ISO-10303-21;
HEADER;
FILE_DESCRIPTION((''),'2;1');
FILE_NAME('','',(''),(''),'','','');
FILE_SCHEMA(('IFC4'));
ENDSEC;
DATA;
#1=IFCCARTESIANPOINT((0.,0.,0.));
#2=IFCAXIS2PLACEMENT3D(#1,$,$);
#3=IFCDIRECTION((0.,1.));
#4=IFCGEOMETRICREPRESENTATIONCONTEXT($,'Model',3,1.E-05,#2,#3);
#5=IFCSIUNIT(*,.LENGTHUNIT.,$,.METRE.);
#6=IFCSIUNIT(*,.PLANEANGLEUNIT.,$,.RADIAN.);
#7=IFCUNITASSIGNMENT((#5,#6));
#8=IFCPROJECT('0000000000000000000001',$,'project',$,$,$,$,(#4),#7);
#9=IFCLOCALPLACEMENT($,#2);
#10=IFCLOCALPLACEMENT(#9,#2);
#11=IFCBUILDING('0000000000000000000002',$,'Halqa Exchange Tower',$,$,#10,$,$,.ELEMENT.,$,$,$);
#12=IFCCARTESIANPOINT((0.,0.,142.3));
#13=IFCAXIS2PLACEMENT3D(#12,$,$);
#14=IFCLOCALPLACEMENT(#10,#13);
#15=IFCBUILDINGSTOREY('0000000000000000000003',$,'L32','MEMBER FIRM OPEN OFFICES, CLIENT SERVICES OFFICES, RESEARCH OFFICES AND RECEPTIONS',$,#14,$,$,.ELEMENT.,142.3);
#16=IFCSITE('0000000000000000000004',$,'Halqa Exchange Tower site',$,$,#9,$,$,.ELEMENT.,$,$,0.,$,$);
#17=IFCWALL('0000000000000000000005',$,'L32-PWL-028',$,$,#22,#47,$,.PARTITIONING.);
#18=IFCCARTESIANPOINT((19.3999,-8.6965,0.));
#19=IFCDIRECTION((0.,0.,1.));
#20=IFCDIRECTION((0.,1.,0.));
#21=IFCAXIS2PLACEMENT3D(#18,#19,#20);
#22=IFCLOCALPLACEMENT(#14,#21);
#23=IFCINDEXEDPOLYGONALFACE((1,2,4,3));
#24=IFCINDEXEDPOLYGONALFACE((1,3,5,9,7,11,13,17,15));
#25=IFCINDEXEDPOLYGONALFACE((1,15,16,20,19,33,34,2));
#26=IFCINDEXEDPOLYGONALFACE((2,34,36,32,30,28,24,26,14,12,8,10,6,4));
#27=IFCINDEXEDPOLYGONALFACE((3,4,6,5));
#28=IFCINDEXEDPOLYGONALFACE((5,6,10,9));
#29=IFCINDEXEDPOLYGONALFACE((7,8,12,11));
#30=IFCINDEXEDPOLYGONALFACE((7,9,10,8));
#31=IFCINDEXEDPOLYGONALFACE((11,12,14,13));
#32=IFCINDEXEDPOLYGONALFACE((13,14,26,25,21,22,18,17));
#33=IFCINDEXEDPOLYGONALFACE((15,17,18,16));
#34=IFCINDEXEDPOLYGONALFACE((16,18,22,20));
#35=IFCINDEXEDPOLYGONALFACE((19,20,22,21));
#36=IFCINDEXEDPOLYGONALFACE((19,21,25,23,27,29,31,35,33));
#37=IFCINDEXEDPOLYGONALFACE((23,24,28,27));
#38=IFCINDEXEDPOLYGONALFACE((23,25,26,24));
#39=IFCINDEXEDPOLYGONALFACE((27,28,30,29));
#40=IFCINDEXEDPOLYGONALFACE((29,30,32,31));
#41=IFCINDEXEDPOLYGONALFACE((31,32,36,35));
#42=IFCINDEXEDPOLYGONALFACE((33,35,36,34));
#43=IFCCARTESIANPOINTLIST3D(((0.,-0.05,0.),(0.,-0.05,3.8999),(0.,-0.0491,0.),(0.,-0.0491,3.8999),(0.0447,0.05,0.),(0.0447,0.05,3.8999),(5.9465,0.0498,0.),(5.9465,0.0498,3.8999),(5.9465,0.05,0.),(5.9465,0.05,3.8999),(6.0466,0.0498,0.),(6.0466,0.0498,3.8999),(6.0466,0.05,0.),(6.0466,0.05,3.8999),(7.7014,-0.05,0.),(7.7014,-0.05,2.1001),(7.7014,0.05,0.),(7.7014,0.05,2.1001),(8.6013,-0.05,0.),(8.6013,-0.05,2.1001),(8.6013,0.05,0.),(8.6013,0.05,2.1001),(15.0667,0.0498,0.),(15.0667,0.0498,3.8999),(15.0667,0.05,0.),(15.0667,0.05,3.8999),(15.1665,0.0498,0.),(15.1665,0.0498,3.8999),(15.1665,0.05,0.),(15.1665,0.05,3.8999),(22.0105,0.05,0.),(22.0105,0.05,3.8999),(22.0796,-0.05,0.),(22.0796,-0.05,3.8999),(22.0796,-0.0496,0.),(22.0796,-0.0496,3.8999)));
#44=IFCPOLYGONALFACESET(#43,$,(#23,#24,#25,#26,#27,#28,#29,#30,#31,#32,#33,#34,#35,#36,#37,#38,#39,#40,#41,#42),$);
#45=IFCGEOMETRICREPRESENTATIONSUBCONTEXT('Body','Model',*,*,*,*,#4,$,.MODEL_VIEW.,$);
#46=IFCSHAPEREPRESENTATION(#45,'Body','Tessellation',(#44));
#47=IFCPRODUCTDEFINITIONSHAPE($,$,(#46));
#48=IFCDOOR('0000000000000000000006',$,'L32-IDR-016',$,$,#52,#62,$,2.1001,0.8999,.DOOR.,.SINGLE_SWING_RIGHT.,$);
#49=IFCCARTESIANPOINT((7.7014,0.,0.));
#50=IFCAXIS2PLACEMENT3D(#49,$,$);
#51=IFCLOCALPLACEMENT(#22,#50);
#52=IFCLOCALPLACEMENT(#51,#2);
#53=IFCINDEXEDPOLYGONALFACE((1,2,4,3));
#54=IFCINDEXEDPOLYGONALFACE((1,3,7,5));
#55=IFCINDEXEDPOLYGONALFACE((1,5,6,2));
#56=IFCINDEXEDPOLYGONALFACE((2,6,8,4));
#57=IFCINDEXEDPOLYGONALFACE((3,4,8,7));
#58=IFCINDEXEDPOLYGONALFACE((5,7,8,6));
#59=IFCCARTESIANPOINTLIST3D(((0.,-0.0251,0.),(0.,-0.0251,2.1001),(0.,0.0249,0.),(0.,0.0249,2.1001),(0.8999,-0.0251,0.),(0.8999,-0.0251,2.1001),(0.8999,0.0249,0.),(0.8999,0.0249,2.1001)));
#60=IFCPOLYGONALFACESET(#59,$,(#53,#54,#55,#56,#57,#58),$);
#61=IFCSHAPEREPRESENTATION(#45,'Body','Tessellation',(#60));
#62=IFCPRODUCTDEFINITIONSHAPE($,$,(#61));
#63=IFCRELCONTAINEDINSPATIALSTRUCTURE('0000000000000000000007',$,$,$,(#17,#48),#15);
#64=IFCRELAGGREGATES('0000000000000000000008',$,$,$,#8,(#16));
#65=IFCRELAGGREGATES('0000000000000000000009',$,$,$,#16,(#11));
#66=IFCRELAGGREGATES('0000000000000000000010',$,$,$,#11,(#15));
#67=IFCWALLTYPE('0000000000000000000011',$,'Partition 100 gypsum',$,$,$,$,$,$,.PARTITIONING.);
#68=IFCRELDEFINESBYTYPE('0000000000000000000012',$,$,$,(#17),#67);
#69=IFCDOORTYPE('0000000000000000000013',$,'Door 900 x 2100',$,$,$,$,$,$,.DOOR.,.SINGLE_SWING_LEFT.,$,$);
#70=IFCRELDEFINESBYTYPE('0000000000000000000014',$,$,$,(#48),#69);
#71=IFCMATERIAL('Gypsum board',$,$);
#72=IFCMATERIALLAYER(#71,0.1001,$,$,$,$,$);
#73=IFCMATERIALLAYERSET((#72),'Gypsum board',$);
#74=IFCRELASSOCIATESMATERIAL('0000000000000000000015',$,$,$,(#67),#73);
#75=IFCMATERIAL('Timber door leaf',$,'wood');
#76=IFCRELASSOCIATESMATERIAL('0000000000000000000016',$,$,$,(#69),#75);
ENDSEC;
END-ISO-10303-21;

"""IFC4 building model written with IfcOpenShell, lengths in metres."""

from ifc_helpers import new_model, si_unit, direction, frame, frame_2d, origin, place, context, subcontext, project, spatial, polyline, rectangle, outline, extrude, material, layer, layer_set, type_object, element, fill, save


model = new_model("IFC4")

# Units and contexts
model_context = context("Model", 3, precision=1e-05, world=origin(), true_north=direction((0.0, 1.0)))
body_context = subcontext(model_context, "Body", "Model", "MODEL_VIEW")
ifc_project = project(units=[si_unit("LENGTHUNIT", "METRE"), si_unit("PLANEANGLEUNIT", "RADIAN")], contexts=[model_context])

# Site, building, storey
site_placement = place(None, origin())
site = spatial("IfcSite", under=ifc_project, at=site_placement, Name="Halqa Exchange Tower site", CompositionType="ELEMENT", RefElevation=0.0)
building_placement = place(site_placement, origin())
building = spatial("IfcBuilding", under=site, at=building_placement, Name="Halqa Exchange Tower", CompositionType="ELEMENT")
storey_placement = place(building_placement, frame((0.0, 0.0, 142.3)))
storey = spatial("IfcBuildingStorey", under=building, at=storey_placement, Name="L32", Description="MEMBER FIRM OPEN OFFICES, CLIENT SERVICES OFFICES, RESEARCH OFFICES AND RECEPTIONS", CompositionType="ELEMENT", Elevation=142.3)

# Shared definitions
ifc_material_1 = material(Name="Gypsum board")
ifc_layer_1 = layer(ifc_material_1, 0.1001)
ifc_layer_set_1 = layer_set([ifc_layer_1], Name="Gypsum board")
wall_type_1 = type_object("IfcWallType", Name="Partition 100 gypsum", PredefinedType="PARTITIONING", material=ifc_layer_set_1)

# Wall, opening, door
wall_1_placement = place(storey_placement, frame((19.3999, -8.6965, 0.0), z_axis=(0.0, 0.0, 1.0), x_axis=(0.0, 1.0, 0.0)))
wall_1 = element("IfcWall", 1, at=wall_1_placement, inside=storey, type_object=wall_type_1, Name="L32-PWL-028", PredefinedType="PARTITIONING", context=body_context, shape_type="SweptSolid", body=[
    extrude(outline(polyline([(22.0796, -0.05), (22.0796, -0.0496), (22.0105, 0.05), (20.2996, 0.05), (18.5886, 0.05), (16.8774, 0.05), (15.1665, 0.05), (15.1665, 0.0498), (15.0667, 0.0498), (15.0667, 0.05), (13.2625, 0.05), (11.4585, 0.05), (9.6545, 0.05), (7.8506, 0.05), (6.0466, 0.05), (6.0466, 0.0498), (5.9465, 0.0498), (5.9465, 0.05), (3.9792, 0.05), (2.012, 0.05), (0.0447, 0.05), (0.0, -0.0491), (0.0, -0.05), (1.8398, -0.05), (3.6799, -0.05), (5.52, -0.05), (7.3599, -0.05), (9.1997, -0.05), (11.0398, -0.05), (12.8799, -0.05), (14.7197, -0.05), (16.5596, -0.05), (18.3997, -0.05), (20.2397, -0.05), (22.0796, -0.05)])), origin(), (0.0, 0.0, 1.0), 3.8999),
])
opening_1_placement = place(wall_1_placement, frame((7.7014, 0.0, 0.0)))
opening_1 = element("IfcOpeningElement", 2, at=opening_1_placement, cuts=wall_1, PredefinedType="OPENING", context=body_context, shape_type="SweptSolid", body=[
    extrude(rectangle(XDim=0.8999, YDim=2.1001, at=frame_2d((0.45, 1.05))), frame((0.0, 0.062, 0.0), z_axis=(0.0, -1.0, 0.0), x_axis=(1.0, 0.0, 0.0)), (0.0, 0.0, 1.0), 0.124),
])
ifc_material_2 = material(Name="Timber door leaf", Category="wood")
door_type_1 = type_object("IfcDoorType", Name="Door 900 x 2100", OperationType="SINGLE_SWING_LEFT", PredefinedType="DOOR", material=ifc_material_2)
door_1_placement = place(opening_1_placement, origin())
door_1 = element("IfcDoor", 3, at=door_1_placement, inside=storey, type_object=door_type_1, Name="L32-IDR-016", OperationType="SINGLE_SWING_RIGHT", OverallHeight=2.1001, OverallWidth=0.8999, PredefinedType="DOOR", context=body_context, shape_type="SweptSolid", body=[
    extrude(rectangle(XDim=0.8999, YDim=2.1001, at=frame_2d((0.45, 1.05))), frame((0.0, 0.0249, 0.0), z_axis=(0.0, -1.0, 0.0), x_axis=(1.0, 0.0, 0.0)), (0.0, 0.0, 1.0), 0.05),
])
fill(opening_1, door_1)

save(model, "model.ifc")
